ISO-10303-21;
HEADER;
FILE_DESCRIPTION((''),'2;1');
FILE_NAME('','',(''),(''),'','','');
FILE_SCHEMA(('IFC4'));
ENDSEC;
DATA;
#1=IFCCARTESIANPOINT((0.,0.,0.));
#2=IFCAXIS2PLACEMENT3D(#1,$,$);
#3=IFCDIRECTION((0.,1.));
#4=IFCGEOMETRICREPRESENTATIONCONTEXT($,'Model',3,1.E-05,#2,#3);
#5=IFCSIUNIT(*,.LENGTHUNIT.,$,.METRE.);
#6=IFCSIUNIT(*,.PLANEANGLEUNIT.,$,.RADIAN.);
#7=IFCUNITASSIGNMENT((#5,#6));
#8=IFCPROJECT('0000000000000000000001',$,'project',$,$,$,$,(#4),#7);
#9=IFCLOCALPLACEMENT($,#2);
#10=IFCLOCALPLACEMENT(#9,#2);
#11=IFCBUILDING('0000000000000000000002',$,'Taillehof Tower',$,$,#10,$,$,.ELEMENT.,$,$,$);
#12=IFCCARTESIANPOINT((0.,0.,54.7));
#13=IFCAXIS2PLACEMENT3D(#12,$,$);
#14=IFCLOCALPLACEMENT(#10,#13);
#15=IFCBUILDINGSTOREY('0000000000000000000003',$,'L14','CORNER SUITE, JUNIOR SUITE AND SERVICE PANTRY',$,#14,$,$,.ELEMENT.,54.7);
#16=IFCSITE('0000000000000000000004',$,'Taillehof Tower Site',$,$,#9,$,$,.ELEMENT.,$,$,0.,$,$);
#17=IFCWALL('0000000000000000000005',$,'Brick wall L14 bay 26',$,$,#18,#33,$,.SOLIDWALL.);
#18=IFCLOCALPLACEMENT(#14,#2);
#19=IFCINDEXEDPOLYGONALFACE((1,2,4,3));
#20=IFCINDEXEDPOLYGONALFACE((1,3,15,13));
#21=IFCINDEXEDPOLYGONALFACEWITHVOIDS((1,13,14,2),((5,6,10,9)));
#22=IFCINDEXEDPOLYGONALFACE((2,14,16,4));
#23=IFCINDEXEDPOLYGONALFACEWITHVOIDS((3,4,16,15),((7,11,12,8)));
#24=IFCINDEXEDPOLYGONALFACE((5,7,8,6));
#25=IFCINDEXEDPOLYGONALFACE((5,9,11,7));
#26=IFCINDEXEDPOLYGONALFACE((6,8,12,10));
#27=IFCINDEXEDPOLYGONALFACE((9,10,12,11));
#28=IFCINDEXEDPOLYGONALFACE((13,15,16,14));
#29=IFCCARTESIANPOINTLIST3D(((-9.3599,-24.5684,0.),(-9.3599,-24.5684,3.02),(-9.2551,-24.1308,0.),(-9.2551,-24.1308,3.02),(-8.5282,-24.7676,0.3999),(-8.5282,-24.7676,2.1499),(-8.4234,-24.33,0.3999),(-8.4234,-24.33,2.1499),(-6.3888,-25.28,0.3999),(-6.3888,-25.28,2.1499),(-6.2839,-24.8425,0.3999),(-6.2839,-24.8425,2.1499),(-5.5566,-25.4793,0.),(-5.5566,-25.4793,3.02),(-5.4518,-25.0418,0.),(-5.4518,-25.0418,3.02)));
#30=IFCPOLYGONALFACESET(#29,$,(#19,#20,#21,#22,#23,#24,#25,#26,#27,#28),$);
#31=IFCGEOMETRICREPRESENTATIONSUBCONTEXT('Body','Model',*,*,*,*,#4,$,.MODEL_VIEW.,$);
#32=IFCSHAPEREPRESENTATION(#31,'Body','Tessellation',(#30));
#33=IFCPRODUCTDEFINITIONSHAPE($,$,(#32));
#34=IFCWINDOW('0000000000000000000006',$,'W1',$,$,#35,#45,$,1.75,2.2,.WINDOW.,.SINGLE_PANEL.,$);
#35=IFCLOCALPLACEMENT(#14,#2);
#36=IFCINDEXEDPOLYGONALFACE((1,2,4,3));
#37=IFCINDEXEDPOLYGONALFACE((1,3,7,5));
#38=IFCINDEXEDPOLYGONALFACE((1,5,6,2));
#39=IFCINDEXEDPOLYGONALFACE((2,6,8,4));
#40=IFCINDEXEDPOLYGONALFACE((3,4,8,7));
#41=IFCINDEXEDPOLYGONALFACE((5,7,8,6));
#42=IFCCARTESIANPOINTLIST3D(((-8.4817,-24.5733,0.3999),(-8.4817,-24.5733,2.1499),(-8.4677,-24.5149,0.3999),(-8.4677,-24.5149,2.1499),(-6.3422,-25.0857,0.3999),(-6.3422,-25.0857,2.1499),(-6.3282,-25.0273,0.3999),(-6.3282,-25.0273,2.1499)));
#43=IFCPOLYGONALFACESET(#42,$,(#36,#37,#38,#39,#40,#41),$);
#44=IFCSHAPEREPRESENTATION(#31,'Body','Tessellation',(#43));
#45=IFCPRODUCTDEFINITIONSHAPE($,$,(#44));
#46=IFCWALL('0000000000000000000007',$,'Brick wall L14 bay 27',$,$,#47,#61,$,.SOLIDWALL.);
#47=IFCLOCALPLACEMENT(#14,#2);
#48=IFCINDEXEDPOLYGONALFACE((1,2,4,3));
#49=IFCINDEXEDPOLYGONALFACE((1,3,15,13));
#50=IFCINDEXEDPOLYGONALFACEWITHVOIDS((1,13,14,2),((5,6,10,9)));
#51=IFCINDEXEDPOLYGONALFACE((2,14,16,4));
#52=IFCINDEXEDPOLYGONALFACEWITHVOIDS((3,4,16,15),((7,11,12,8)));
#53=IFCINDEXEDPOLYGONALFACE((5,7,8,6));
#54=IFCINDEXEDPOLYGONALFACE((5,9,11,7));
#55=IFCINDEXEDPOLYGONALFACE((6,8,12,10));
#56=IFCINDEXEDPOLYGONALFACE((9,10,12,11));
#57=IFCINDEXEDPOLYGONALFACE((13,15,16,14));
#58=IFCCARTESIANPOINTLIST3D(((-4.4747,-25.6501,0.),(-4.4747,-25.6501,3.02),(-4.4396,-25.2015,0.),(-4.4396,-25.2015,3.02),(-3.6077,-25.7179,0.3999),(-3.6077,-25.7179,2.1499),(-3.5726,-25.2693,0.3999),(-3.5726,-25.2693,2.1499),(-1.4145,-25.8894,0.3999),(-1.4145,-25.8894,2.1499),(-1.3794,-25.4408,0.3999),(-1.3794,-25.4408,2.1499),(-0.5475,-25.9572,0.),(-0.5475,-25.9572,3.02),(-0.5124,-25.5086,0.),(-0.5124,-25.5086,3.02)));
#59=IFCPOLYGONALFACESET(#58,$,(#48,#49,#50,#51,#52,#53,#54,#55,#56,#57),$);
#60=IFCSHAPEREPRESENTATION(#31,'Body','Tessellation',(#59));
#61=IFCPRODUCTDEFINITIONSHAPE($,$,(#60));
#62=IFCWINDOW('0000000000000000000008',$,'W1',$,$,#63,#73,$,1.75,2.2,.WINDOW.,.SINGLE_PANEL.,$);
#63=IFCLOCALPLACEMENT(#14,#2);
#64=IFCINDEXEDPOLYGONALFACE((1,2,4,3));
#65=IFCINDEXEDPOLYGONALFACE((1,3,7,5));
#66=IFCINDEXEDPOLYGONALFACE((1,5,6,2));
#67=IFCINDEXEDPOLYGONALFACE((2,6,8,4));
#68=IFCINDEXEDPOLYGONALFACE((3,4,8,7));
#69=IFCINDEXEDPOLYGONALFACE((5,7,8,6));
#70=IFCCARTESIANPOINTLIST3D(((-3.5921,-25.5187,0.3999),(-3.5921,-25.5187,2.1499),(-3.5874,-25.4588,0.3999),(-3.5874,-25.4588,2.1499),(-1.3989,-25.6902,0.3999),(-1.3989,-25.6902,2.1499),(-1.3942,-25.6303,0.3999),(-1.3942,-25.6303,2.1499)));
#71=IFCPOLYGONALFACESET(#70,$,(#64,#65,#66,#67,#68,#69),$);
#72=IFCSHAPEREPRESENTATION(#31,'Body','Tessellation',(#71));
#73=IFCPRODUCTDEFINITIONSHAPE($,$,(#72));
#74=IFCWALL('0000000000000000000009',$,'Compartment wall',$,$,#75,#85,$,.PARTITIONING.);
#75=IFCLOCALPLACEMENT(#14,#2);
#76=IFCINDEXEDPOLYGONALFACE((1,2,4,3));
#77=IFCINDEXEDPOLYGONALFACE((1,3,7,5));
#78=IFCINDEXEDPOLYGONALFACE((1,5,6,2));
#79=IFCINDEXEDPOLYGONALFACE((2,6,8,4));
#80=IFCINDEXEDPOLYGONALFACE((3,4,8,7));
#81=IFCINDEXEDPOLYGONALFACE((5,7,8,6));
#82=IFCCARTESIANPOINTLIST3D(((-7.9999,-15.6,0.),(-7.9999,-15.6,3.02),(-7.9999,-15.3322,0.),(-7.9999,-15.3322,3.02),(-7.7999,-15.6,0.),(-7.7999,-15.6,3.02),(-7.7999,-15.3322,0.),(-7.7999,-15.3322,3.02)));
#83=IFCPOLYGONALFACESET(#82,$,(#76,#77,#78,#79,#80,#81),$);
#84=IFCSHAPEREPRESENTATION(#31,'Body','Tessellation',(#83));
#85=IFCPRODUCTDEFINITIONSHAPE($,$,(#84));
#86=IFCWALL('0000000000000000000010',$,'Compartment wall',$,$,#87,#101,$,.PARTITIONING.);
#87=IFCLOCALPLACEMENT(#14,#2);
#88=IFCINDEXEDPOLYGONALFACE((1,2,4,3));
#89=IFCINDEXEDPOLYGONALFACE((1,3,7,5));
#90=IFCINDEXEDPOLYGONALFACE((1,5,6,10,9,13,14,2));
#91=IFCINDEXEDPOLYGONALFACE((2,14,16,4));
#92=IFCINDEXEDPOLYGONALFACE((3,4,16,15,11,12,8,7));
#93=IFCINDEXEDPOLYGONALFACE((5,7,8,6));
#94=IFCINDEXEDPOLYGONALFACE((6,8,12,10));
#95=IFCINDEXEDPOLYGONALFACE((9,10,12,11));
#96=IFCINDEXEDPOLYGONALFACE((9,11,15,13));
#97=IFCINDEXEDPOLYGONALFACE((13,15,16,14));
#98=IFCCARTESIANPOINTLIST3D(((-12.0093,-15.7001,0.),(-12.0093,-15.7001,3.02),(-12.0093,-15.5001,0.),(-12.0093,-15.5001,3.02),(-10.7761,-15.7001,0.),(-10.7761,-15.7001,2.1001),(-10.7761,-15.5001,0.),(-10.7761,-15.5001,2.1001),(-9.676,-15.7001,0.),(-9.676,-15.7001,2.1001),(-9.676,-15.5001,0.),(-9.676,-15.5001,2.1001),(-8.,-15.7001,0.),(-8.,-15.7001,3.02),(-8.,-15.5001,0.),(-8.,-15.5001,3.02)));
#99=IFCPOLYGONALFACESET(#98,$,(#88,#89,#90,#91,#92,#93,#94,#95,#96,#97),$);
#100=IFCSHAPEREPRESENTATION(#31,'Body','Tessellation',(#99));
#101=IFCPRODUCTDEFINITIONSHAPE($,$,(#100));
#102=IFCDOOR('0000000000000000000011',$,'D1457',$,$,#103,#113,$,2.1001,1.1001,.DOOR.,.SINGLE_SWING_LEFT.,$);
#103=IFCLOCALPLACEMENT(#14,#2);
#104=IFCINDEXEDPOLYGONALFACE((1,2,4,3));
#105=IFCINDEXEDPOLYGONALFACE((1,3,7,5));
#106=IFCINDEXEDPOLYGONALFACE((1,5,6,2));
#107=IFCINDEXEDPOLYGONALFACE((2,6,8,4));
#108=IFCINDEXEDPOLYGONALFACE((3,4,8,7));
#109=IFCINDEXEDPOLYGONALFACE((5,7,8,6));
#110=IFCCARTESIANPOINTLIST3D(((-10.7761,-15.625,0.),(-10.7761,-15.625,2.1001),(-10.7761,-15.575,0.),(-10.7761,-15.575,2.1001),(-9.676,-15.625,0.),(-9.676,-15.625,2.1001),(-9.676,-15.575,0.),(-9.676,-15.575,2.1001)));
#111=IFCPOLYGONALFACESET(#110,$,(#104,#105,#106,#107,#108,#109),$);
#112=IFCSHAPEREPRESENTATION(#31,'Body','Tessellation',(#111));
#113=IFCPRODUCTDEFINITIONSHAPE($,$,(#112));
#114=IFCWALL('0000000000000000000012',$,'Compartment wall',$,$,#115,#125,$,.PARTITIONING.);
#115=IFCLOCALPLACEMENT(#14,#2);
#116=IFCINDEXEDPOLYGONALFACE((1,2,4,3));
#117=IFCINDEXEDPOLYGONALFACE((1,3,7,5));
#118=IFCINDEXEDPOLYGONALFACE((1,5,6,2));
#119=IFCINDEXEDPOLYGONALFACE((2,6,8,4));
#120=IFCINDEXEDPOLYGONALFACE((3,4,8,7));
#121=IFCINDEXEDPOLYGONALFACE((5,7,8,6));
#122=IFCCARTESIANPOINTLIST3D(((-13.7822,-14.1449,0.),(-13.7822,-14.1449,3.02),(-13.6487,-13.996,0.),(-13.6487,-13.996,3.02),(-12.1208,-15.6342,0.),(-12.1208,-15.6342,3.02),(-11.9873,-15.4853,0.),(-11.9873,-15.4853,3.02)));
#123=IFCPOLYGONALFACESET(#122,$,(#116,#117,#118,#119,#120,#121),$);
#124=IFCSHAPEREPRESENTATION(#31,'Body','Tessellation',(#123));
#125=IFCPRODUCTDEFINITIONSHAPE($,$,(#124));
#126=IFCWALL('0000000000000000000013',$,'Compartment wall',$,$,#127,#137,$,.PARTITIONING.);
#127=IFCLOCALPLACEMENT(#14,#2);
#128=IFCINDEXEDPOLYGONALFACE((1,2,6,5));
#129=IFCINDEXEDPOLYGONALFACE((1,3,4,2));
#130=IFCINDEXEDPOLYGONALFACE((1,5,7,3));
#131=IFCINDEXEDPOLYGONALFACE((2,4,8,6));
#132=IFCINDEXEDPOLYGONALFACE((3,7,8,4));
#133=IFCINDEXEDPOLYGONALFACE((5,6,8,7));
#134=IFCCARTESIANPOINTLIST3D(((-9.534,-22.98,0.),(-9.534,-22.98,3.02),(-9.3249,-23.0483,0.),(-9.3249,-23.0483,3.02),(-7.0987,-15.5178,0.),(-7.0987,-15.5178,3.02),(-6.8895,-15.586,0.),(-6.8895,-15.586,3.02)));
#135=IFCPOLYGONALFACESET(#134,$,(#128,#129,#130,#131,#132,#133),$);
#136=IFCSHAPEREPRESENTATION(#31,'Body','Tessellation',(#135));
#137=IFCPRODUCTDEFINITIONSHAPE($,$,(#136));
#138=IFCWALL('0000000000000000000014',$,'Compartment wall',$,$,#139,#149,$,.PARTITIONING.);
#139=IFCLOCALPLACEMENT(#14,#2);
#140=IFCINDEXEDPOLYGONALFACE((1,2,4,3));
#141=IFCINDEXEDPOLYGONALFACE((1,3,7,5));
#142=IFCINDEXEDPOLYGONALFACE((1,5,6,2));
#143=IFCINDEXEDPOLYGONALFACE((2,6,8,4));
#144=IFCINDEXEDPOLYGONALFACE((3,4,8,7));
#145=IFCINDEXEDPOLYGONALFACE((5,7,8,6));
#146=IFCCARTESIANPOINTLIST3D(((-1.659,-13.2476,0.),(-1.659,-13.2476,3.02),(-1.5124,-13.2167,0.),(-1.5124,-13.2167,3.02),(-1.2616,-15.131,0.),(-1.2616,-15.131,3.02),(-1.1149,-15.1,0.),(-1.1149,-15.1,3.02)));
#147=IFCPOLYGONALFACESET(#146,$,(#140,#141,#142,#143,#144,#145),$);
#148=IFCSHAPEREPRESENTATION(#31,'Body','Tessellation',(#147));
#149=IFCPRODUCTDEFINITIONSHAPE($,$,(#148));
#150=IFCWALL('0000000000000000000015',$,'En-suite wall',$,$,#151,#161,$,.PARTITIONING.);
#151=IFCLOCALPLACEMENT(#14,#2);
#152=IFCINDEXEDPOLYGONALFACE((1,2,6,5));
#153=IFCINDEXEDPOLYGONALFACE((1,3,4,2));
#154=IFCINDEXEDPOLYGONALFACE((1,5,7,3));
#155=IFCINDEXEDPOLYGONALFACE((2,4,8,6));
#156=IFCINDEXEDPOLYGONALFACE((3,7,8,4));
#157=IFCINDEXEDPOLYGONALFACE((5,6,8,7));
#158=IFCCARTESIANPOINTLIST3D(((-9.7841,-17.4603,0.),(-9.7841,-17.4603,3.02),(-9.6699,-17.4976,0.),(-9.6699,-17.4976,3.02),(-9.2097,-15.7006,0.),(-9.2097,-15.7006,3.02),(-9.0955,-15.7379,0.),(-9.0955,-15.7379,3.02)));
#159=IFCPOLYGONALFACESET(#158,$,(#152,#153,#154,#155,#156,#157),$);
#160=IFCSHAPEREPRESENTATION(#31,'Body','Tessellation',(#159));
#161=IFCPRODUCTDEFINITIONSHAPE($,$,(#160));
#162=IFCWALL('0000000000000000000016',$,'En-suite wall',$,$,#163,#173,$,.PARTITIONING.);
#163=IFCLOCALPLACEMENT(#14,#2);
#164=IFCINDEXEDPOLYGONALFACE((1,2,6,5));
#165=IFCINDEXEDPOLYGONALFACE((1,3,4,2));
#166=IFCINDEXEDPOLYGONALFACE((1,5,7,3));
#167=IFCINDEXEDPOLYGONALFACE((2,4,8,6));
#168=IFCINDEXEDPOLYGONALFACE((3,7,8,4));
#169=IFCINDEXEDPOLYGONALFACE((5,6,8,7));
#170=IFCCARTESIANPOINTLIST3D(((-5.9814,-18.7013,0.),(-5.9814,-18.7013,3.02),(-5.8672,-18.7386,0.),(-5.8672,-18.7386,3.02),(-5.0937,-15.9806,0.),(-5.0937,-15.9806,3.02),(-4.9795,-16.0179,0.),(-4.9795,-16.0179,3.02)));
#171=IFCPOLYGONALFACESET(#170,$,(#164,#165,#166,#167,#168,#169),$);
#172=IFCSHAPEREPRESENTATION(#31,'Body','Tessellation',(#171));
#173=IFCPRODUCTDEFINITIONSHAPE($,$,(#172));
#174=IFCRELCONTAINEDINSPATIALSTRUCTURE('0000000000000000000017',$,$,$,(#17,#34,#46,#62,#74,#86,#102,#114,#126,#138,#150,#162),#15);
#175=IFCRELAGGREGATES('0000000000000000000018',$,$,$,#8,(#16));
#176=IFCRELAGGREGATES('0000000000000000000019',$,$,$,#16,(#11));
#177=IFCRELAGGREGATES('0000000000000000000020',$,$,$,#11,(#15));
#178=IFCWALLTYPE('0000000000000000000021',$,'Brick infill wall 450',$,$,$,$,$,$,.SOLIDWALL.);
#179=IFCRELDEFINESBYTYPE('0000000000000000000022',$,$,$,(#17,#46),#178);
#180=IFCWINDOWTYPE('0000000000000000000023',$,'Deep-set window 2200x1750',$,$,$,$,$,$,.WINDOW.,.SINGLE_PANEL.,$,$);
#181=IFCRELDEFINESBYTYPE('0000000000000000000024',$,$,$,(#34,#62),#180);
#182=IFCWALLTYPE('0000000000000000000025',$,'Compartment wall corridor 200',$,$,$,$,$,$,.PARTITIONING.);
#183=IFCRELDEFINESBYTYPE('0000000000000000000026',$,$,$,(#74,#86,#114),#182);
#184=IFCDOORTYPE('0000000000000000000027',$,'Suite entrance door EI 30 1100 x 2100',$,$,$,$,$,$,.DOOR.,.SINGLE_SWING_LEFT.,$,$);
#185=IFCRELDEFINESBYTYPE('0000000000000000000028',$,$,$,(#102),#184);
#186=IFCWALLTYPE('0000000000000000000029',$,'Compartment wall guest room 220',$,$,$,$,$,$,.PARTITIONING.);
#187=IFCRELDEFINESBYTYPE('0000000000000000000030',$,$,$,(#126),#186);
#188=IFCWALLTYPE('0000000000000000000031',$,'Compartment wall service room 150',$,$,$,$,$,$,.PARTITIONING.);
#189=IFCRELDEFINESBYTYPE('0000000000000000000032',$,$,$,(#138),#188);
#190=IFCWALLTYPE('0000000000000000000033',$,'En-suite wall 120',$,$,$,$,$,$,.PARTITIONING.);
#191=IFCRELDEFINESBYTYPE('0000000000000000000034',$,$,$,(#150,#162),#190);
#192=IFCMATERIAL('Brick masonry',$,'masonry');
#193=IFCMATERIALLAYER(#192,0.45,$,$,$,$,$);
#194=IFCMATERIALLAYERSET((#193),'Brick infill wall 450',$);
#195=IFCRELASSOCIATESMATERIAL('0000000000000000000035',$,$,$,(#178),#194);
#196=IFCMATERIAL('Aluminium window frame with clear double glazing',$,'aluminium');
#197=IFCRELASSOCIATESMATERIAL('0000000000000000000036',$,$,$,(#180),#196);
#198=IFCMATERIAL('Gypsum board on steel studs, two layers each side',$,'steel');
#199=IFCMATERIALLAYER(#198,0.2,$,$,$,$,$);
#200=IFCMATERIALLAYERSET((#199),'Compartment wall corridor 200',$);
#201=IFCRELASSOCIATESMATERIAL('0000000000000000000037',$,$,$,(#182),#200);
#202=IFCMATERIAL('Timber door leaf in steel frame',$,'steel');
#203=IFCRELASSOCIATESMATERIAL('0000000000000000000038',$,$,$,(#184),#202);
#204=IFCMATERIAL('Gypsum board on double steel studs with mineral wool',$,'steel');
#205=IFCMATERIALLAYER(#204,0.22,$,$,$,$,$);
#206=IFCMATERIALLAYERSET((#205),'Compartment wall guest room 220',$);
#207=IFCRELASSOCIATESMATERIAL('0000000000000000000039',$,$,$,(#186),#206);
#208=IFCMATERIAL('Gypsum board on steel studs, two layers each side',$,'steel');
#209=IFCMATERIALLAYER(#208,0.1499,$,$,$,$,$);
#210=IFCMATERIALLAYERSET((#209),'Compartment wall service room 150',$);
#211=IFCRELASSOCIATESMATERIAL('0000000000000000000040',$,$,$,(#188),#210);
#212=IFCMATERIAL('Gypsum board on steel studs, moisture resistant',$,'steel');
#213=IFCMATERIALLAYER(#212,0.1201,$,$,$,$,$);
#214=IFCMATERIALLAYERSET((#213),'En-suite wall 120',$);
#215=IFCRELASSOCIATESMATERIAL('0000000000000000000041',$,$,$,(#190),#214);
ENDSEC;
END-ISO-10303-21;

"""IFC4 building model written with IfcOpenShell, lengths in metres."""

from ifc_helpers import new_model, si_unit, direction, frame, frame_2d, origin, place, context, subcontext, project, spatial, rectangle, extrude, material, layer, layer_set, type_object, element, fill, save


model = new_model("IFC4")

# Units and contexts
model_context = context("Model", 3, precision=1e-05, world=origin(), true_north=direction((0.0, 1.0)))
body_context = subcontext(model_context, "Body", "Model", "MODEL_VIEW")
ifc_project = project(units=[si_unit("LENGTHUNIT", "METRE"), si_unit("PLANEANGLEUNIT", "RADIAN")], contexts=[model_context])

# Site, building, storey
site_placement = place(None, origin())
site = spatial("IfcSite", under=ifc_project, at=site_placement, Name="Taillehof Tower Site", CompositionType="ELEMENT", RefElevation=0.0)
building_placement = place(site_placement, origin())
building = spatial("IfcBuilding", under=site, at=building_placement, Name="Taillehof Tower", CompositionType="ELEMENT")
storey_placement = place(building_placement, frame((0.0, 0.0, 54.7)))
storey = spatial("IfcBuildingStorey", under=building, at=storey_placement, Name="L14", Description="CORNER SUITE, JUNIOR SUITE AND SERVICE PANTRY", CompositionType="ELEMENT", Elevation=54.7)

# Walls, openings, windows
ifc_material_1 = material(Name="Brick masonry", Category="masonry")
ifc_layer_1 = layer(ifc_material_1, 0.45)
ifc_layer_set_1 = layer_set([ifc_layer_1], Name="Brick infill wall 450")
wall_type_1 = type_object("IfcWallType", Name="Brick infill wall 450", PredefinedType="SOLIDWALL", material=ifc_layer_set_1)
ifc_material_2 = material(Name="Aluminium window frame with clear double glazing", Category="aluminium")
window_type = type_object("IfcWindowType", Name="Deep-set window 2200x1750", PartitioningType="SINGLE_PANEL", PredefinedType="WINDOW", material=ifc_material_2)
wall_1_placement = place(storey_placement, frame((-9.3076, -24.3496, 0.0), z_axis=(0.0, 0.0, 1.0), x_axis=(0.972497, -0.232917, 0.0)))
wall_1 = element("IfcWall", 1, at=wall_1_placement, inside=storey, type_object=wall_type_1, Name="Brick wall L14 bay 26", PredefinedType="SOLIDWALL", context=body_context, shape_type="SweptSolid", body=[
    extrude(rectangle(XDim=3.9109, YDim=0.45, at=frame_2d((1.9556, 0.0))), origin(), (0.0, 0.0, 1.0), 3.02),
])
opening_1_placement = place(wall_1_placement, frame((0.8552, 0.0, 0.3999)))
opening_1 = element("IfcOpeningElement", 2, at=opening_1_placement, cuts=wall_1, PredefinedType="OPENING", context=body_context, shape_type="SweptSolid", body=[
    extrude(rectangle(XDim=2.2, YDim=1.75, at=frame_2d((1.1001, 0.875))), frame((0.0, 0.2349, 0.0), z_axis=(0.0, -1.0, 0.0), x_axis=(1.0, 0.0, 0.0)), (0.0, 0.0, 1.0), 0.47),
])
window_1_placement = place(opening_1_placement, origin())
window_1 = element("IfcWindow", 3, at=window_1_placement, inside=storey, type_object=window_type, Name="W1", OverallHeight=1.75, OverallWidth=2.2, PartitioningType="SINGLE_PANEL", PredefinedType="WINDOW", context=body_context, shape_type="SweptSolid", body=[
    extrude(rectangle(XDim=2.2, YDim=1.75, at=frame_2d((1.1001, 0.875))), frame((0.0, 0.0349, 0.0), z_axis=(0.0, -1.0, 0.0), x_axis=(1.0, 0.0, 0.0)), (0.0, 0.0, 1.0), 0.0601),
])
fill(opening_1, window_1)
wall_2_placement = place(storey_placement, frame((-4.4573, -25.4258, 0.0), z_axis=(0.0, 0.0, 1.0), x_axis=(0.996956, -0.077967, 0.0)))
wall_2 = element("IfcWall", 4, at=wall_2_placement, inside=storey, type_object=wall_type_1, Name="Brick wall L14 bay 27", PredefinedType="SOLIDWALL", context=body_context, shape_type="SweptSolid", body=[
    extrude(rectangle(XDim=3.9392, YDim=0.45, at=frame_2d((1.9697, 0.0))), origin(), (0.0, 0.0, 1.0), 3.02),
])
opening_2_placement = place(wall_2_placement, frame((0.8696, 0.0, 0.3999)))
opening_2 = element("IfcOpeningElement", 5, at=opening_2_placement, cuts=wall_2, PredefinedType="OPENING", context=body_context, shape_type="SweptSolid", body=[
    extrude(rectangle(XDim=2.2, YDim=1.75, at=frame_2d((1.1001, 0.875))), frame((0.0, 0.2349, 0.0), z_axis=(0.0, -1.0, 0.0), x_axis=(1.0, 0.0, 0.0)), (0.0, 0.0, 1.0), 0.47),
])
window_2_placement = place(opening_2_placement, origin())
window_2 = element("IfcWindow", 6, at=window_2_placement, inside=storey, type_object=window_type, Name="W1", OverallHeight=1.75, OverallWidth=2.2, PartitioningType="SINGLE_PANEL", PredefinedType="WINDOW", context=body_context, shape_type="SweptSolid", body=[
    extrude(rectangle(XDim=2.2, YDim=1.75, at=frame_2d((1.1001, 0.875))), frame((0.0, 0.0349, 0.0), z_axis=(0.0, -1.0, 0.0), x_axis=(1.0, 0.0, 0.0)), (0.0, 0.0, 1.0), 0.0601),
])
fill(opening_2, window_2)

# Wall
ifc_material_3 = material(Name="Gypsum board on steel studs, two layers each side", Category="steel")
ifc_layer_2 = layer(ifc_material_3, 0.2)
ifc_layer_set_2 = layer_set([ifc_layer_2], Name="Compartment wall corridor 200")
wall_type_2 = type_object("IfcWallType", Name="Compartment wall corridor 200", PredefinedType="PARTITIONING", material=ifc_layer_set_2)
wall_3_placement = place(storey_placement, frame((-7.8999, -15.3323, 0.0), z_axis=(0.0, 0.0, 1.0), x_axis=(0.0, -1.0, 0.0)))
element("IfcWall", 7, at=wall_3_placement, inside=storey, type_object=wall_type_2, Name="Compartment wall", PredefinedType="PARTITIONING", context=body_context, shape_type="SweptSolid", body=[
    extrude(rectangle(XDim=0.2678, YDim=0.2, at=frame_2d((0.1338, 0.0))), origin(), (0.0, 0.0, 1.0), 3.02),
])

# Wall, opening, door
wall_4_placement = place(storey_placement, frame((-8.0, -15.6001, 0.0), z_axis=(0.0, 0.0, 1.0), x_axis=(-1.0, 0.0, 0.0)))
wall_4 = element("IfcWall", 8, at=wall_4_placement, inside=storey, type_object=wall_type_2, Name="Compartment wall", PredefinedType="PARTITIONING", context=body_context, shape_type="SweptSolid", body=[
    extrude(rectangle(XDim=4.0093, YDim=0.2, at=frame_2d((2.0046, 0.0))), origin(), (0.0, 0.0, 1.0), 3.02),
])
opening_3_placement = place(wall_4_placement, frame((1.676, 0.0, 0.0)))
opening_3 = element("IfcOpeningElement", 9, at=opening_3_placement, cuts=wall_4, PredefinedType="OPENING", context=body_context, shape_type="SweptSolid", body=[
    extrude(rectangle(XDim=1.1001, YDim=2.1001, at=frame_2d((0.55, 1.05))), frame((0.0, 0.1099, 0.0), z_axis=(0.0, -1.0, 0.0), x_axis=(1.0, 0.0, 0.0)), (0.0, 0.0, 1.0), 0.22),
])
ifc_material_4 = material(Name="Timber door leaf in steel frame", Category="steel")
door_type_1 = type_object("IfcDoorType", Name="Suite entrance door EI 30 1100 x 2100", OperationType="SINGLE_SWING_LEFT", PredefinedType="DOOR", material=ifc_material_4)
door_1_placement = place(opening_3_placement, origin())
door_1 = element("IfcDoor", 10, at=door_1_placement, inside=storey, type_object=door_type_1, Name="D1457", OperationType="SINGLE_SWING_LEFT", OverallHeight=2.1001, OverallWidth=1.1001, PredefinedType="DOOR", context=body_context, shape_type="SweptSolid", body=[
    extrude(rectangle(XDim=1.1001, YDim=2.1001, at=frame_2d((0.55, 1.05))), frame((0.0, 0.0249, 0.0), z_axis=(0.0, -1.0, 0.0), x_axis=(1.0, 0.0, 0.0)), (0.0, 0.0, 1.0), 0.05),
])
fill(opening_3, door_1)

# Walls
wall_5_placement = place(storey_placement, frame((-12.054, -15.5598, 0.0), z_axis=(0.0, 0.0, 1.0), x_axis=(-0.744626, 0.667482, 0.0)))
element("IfcWall", 11, at=wall_5_placement, inside=storey, type_object=wall_type_2, Name="Compartment wall", PredefinedType="PARTITIONING", context=body_context, shape_type="SweptSolid", body=[
    extrude(rectangle(XDim=2.2312, YDim=0.2, at=frame_2d((1.1157, 0.0))), origin(), (0.0, 0.0, 1.0), 3.02),
])
ifc_material_5 = material(Name="Gypsum board on double steel studs with mineral wool", Category="steel")
ifc_layer_3 = layer(ifc_material_5, 0.22)
ifc_layer_set_3 = layer_set([ifc_layer_3], Name="Compartment wall guest room 220")
wall_type_3 = type_object("IfcWallType", Name="Compartment wall guest room 220", PredefinedType="PARTITIONING", material=ifc_layer_set_3)
wall_6_placement = place(storey_placement, frame((-9.4294, -23.0142, 0.0), z_axis=(0.0, 0.0, 1.0), x_axis=(0.31025, 0.950655, 0.0)))
element("IfcWall", 12, at=wall_6_placement, inside=storey, type_object=wall_type_3, Name="Compartment wall", PredefinedType="PARTITIONING", context=body_context, shape_type="SweptSolid", body=[
    extrude(rectangle(XDim=7.8496, YDim=0.22, at=frame_2d((3.9248, 0.0))), origin(), (0.0, 0.0, 1.0), 3.02),
])
ifc_material_6 = material(Name="Gypsum board on steel studs, two layers each side", Category="steel")
ifc_layer_4 = layer(ifc_material_6, 0.1499)
ifc_layer_set_4 = layer_set([ifc_layer_4], Name="Compartment wall service room 150")
wall_type_4 = type_object("IfcWallType", Name="Compartment wall service room 150", PredefinedType="PARTITIONING", material=ifc_layer_set_4)
wall_7_placement = place(storey_placement, frame((-1.1882, -15.1155, 0.0), z_axis=(0.0, 0.0, 1.0), x_axis=(-0.206496, 0.978447, 0.0)))
element("IfcWall", 13, at=wall_7_placement, inside=storey, type_object=wall_type_4, Name="Compartment wall", PredefinedType="PARTITIONING", context=body_context, shape_type="SweptSolid", body=[
    extrude(rectangle(XDim=1.9248, YDim=0.1499, at=frame_2d((0.9624, 0.0))), origin(), (0.0, 0.0, 1.0), 3.02),
])
ifc_material_7 = material(Name="Gypsum board on steel studs, moisture resistant", Category="steel")
ifc_layer_5 = layer(ifc_material_7, 0.1201)
ifc_layer_set_5 = layer_set([ifc_layer_5], Name="En-suite wall 120")
wall_type_5 = type_object("IfcWallType", Name="En-suite wall 120", PredefinedType="PARTITIONING", material=ifc_layer_set_5)
wall_8_placement = place(storey_placement, frame((-9.1526, -15.7192, 0.0), z_axis=(0.0, 0.0, 1.0), x_axis=(-0.310326, -0.95063, 0.0)))
element("IfcWall", 14, at=wall_8_placement, inside=storey, type_object=wall_type_5, Name="En-suite wall", PredefinedType="PARTITIONING", context=body_context, shape_type="SweptSolid", body=[
    extrude(rectangle(XDim=1.8511, YDim=0.1201, at=frame_2d((0.9255, 0.0))), origin(), (0.0, 0.0, 1.0), 3.02),
])
wall_9_placement = place(storey_placement, frame((-5.0366, -15.9993, 0.0), z_axis=(0.0, 0.0, 1.0), x_axis=(-0.310182, -0.950677, 0.0)))
element("IfcWall", 15, at=wall_9_placement, inside=storey, type_object=wall_type_5, Name="En-suite wall", PredefinedType="PARTITIONING", context=body_context, shape_type="SweptSolid", body=[
    extrude(rectangle(XDim=2.8618, YDim=0.1201, at=frame_2d((1.4309, 0.0))), origin(), (0.0, 0.0, 1.0), 3.02),
])

save(model, "model.ifc")
